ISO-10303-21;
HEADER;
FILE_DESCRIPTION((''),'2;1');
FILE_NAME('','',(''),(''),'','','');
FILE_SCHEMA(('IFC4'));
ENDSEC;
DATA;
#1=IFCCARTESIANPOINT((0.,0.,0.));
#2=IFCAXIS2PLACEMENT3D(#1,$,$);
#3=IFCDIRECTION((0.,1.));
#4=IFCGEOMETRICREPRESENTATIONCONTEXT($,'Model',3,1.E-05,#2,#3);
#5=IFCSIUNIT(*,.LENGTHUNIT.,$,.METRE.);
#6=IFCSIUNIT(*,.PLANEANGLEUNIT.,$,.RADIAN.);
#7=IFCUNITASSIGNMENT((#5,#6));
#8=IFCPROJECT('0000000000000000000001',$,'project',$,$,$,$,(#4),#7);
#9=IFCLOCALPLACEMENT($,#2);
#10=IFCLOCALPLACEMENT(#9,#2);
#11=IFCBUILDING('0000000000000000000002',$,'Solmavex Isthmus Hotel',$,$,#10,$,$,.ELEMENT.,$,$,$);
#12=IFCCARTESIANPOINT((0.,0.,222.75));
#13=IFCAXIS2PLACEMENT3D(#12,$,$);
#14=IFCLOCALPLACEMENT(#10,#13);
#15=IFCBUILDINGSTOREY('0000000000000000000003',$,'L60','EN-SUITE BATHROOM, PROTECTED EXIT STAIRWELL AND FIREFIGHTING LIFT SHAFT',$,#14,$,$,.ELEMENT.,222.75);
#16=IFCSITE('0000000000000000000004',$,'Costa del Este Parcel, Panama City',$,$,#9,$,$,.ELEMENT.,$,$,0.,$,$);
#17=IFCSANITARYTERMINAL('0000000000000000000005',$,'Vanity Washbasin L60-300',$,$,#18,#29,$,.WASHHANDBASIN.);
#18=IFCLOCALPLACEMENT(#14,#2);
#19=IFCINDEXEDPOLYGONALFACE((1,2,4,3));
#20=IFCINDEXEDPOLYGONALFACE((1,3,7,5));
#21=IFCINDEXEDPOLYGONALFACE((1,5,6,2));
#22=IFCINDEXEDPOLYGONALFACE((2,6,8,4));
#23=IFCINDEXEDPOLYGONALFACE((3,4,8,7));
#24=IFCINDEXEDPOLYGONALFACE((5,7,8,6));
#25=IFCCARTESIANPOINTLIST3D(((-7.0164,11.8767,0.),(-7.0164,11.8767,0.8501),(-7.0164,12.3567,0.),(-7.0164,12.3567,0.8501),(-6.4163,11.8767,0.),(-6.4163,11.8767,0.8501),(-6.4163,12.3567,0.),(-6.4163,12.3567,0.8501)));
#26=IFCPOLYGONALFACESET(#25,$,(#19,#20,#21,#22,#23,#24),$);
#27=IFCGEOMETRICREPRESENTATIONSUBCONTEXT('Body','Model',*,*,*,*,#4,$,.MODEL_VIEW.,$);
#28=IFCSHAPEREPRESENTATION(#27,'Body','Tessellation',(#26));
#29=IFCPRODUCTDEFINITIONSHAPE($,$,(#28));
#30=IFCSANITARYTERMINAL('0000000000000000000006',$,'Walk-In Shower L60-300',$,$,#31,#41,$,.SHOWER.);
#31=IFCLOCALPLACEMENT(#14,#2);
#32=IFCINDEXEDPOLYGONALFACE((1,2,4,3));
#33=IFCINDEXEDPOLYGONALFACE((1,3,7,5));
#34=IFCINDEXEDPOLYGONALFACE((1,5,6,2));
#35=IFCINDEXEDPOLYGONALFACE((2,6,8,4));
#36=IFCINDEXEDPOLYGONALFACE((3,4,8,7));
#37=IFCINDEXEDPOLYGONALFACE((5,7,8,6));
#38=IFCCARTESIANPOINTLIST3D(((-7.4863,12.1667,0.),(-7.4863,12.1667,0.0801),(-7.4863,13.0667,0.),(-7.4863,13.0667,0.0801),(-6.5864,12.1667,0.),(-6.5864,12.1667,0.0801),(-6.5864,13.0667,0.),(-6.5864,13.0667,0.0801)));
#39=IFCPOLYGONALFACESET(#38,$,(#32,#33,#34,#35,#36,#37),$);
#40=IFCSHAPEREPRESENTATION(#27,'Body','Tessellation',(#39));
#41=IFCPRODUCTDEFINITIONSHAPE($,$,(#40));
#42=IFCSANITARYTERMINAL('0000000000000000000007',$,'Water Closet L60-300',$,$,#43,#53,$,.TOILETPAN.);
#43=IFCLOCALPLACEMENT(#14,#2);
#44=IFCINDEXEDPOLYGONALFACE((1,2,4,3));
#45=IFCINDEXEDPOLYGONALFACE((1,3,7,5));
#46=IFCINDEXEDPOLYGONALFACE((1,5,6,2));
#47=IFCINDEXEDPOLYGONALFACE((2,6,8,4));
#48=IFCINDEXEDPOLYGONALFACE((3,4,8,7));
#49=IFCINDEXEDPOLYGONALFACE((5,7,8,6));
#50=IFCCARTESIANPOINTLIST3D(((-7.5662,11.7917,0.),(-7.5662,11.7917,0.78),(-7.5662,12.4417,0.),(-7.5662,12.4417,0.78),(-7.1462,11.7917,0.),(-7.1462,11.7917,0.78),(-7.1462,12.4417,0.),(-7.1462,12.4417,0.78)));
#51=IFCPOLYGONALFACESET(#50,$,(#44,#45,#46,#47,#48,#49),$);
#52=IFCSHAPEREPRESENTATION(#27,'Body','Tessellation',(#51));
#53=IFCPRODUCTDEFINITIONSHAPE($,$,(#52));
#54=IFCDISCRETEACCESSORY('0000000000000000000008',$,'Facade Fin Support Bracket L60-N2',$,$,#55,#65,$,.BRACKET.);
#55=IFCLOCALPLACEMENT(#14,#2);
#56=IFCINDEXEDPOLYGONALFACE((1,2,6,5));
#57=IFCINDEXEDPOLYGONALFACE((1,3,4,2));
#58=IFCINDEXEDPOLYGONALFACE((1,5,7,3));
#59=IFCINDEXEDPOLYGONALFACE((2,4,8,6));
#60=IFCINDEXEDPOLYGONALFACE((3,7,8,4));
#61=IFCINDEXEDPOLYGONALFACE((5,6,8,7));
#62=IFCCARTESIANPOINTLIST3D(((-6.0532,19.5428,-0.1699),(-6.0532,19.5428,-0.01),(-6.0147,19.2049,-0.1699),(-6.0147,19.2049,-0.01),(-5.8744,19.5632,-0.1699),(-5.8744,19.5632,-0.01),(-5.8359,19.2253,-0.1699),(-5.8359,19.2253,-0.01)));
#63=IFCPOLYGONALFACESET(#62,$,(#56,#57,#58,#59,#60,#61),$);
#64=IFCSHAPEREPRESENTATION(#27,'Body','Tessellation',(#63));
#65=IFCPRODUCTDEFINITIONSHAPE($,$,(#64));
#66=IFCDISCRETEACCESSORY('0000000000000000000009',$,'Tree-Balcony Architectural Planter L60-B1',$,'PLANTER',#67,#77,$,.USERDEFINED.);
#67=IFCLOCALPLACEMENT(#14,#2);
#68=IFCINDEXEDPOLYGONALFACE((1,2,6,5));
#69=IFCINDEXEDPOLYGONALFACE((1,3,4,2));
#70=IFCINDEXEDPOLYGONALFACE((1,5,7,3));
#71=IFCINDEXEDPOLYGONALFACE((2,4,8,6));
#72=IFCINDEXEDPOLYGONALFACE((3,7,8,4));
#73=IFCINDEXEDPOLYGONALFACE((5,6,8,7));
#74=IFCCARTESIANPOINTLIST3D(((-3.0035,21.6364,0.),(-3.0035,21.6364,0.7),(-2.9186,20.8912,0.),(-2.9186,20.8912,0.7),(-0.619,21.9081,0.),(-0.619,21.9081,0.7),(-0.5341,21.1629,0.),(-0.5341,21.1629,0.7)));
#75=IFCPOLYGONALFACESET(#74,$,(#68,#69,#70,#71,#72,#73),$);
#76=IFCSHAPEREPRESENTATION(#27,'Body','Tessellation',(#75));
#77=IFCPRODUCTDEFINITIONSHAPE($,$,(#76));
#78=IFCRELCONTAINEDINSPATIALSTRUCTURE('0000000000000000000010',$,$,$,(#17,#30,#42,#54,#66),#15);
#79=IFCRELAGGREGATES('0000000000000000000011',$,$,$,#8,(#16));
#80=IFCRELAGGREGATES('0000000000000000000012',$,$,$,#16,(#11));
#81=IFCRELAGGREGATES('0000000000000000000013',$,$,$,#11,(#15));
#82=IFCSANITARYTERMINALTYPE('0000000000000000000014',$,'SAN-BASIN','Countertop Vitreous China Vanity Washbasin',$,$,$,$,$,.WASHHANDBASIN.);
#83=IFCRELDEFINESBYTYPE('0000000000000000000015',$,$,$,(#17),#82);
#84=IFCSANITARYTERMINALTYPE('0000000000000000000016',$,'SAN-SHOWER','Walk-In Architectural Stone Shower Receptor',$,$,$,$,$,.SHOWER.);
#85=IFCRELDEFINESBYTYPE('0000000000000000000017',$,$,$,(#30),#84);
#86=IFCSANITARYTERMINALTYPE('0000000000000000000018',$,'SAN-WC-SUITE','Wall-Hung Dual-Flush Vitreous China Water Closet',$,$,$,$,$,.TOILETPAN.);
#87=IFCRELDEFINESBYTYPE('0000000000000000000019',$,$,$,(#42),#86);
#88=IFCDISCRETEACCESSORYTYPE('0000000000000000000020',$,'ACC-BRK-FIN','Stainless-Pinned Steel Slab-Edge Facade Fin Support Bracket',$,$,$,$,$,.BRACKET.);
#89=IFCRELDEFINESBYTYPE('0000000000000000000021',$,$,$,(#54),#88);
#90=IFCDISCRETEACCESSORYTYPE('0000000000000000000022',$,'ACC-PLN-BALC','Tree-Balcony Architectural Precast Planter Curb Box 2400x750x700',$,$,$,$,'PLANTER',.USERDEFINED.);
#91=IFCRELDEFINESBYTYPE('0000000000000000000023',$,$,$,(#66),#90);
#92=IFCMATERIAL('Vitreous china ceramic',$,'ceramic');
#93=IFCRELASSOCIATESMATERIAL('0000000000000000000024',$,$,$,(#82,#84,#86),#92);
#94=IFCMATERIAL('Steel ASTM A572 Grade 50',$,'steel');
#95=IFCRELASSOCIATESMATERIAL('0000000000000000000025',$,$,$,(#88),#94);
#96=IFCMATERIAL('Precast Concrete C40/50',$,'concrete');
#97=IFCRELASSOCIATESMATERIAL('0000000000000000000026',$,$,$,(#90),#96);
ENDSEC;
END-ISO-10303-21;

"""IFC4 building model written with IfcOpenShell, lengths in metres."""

from ifc_helpers import new_model, si_unit, direction, frame, origin, origin_2d, place, context, subcontext, project, spatial, rectangle, extrude, material, type_object, element, save


model = new_model("IFC4")

# Units and contexts
model_context = context("Model", 3, precision=1e-05, world=origin(), true_north=direction((0.0, 1.0)))
body_context = subcontext(model_context, "Body", "Model", "MODEL_VIEW")
ifc_project = project(units=[si_unit("LENGTHUNIT", "METRE"), si_unit("PLANEANGLEUNIT", "RADIAN")], contexts=[model_context])

# Site, building, storey
site_placement = place(None, origin())
site = spatial("IfcSite", under=ifc_project, at=site_placement, Name="Costa del Este Parcel, Panama City", CompositionType="ELEMENT", RefElevation=0.0)
building_placement = place(site_placement, origin())
building = spatial("IfcBuilding", under=site, at=building_placement, Name="Solmavex Isthmus Hotel", CompositionType="ELEMENT")
storey_placement = place(building_placement, frame((0.0, 0.0, 222.75)))
storey = spatial("IfcBuildingStorey", under=building, at=storey_placement, Name="L60", Description="EN-SUITE BATHROOM, PROTECTED EXIT STAIRWELL AND FIREFIGHTING LIFT SHAFT", CompositionType="ELEMENT", Elevation=222.75)

# Shared definitions
ifc_material_1 = material(Name="Precast Concrete C40/50", Category="concrete")

# Sanitary terminals
ifc_material_2 = material(Name="Vitreous china ceramic", Category="ceramic")
sanitary_terminal_type_1 = type_object("IfcSanitaryTerminalType", Name="SAN-BASIN", Description="Countertop Vitreous China Vanity Washbasin", PredefinedType="WASHHANDBASIN", material=ifc_material_2)
sanitary_terminal_1_placement = place(storey_placement, frame((-6.7163, 12.1167, 0.0), z_axis=(0.0, 0.0, 1.0), x_axis=(1.0, 0.0, 0.0)))
element("IfcSanitaryTerminal", 1, at=sanitary_terminal_1_placement, inside=storey, type_object=sanitary_terminal_type_1, Name="Vanity Washbasin L60-300", PredefinedType="WASHHANDBASIN", context=body_context, shape_type="SweptSolid", body=[
    extrude(rectangle(XDim=0.6001, YDim=0.48, at=origin_2d()), origin(), (0.0, 0.0, 1.0), 0.8501),
])
sanitary_terminal_type_2 = type_object("IfcSanitaryTerminalType", Name="SAN-SHOWER", Description="Walk-In Architectural Stone Shower Receptor", PredefinedType="SHOWER", material=ifc_material_2)
sanitary_terminal_2_placement = place(storey_placement, frame((-7.0364, 12.6167, 0.0), z_axis=(0.0, 0.0, 1.0), x_axis=(1.0, 0.0, 0.0)))
element("IfcSanitaryTerminal", 2, at=sanitary_terminal_2_placement, inside=storey, type_object=sanitary_terminal_type_2, Name="Walk-In Shower L60-300", PredefinedType="SHOWER", context=body_context, shape_type="SweptSolid", body=[
    extrude(rectangle(XDim=0.8999, YDim=0.8999, at=origin_2d()), origin(), (0.0, 0.0, 1.0), 0.0801),
])
sanitary_terminal_type_3 = type_object("IfcSanitaryTerminalType", Name="SAN-WC-SUITE", Description="Wall-Hung Dual-Flush Vitreous China Water Closet", PredefinedType="TOILETPAN", material=ifc_material_2)
sanitary_terminal_3_placement = place(storey_placement, frame((-7.3562, 12.1167, 0.0), z_axis=(0.0, 0.0, 1.0), x_axis=(1.0, 0.0, 0.0)))
element("IfcSanitaryTerminal", 3, at=sanitary_terminal_3_placement, inside=storey, type_object=sanitary_terminal_type_3, Name="Water Closet L60-300", PredefinedType="TOILETPAN", context=body_context, shape_type="SweptSolid", body=[
    extrude(rectangle(XDim=0.4199, YDim=0.6499, at=origin_2d()), origin(), (0.0, 0.0, 1.0), 0.78),
])

# Discrete accessories
ifc_material_3 = material(Name="Steel ASTM A572 Grade 50", Category="steel")
discrete_accessory_type_1 = type_object("IfcDiscreteAccessoryType", Name="ACC-BRK-FIN", Description="Stainless-Pinned Steel Slab-Edge Facade Fin Support Bracket", PredefinedType="BRACKET", material=ifc_material_3)
discrete_accessory_1_placement = place(storey_placement, frame((-5.9446, 19.384, -0.1699), z_axis=(0.0, 0.0, 1.0), x_axis=(-0.113203, 0.993572, 0.0)))
element("IfcDiscreteAccessory", 4, at=discrete_accessory_1_placement, inside=storey, type_object=discrete_accessory_type_1, Name="Facade Fin Support Bracket L60-N2", PredefinedType="BRACKET", context=body_context, shape_type="SweptSolid", body=[
    extrude(rectangle(XDim=0.3401, YDim=0.1799, at=origin_2d()), origin(), (0.0, 0.0, 1.0), 0.1599),
])
discrete_accessory_type_2 = type_object("IfcDiscreteAccessoryType", Name="ACC-PLN-BALC", Description="Tree-Balcony Architectural Precast Planter Curb Box 2400x750x700", ElementType="PLANTER", PredefinedType="USERDEFINED", material=ifc_material_1)
discrete_accessory_2_placement = place(storey_placement, frame((-1.7688, 21.3997, 0.0), z_axis=(0.0, 0.0, 1.0), x_axis=(0.993572, 0.113203, 0.0)))
element("IfcDiscreteAccessory", 5, at=discrete_accessory_2_placement, inside=storey, type_object=discrete_accessory_type_2, Name="Tree-Balcony Architectural Planter L60-B1", ObjectType="PLANTER", PredefinedType="USERDEFINED", context=body_context, shape_type="SweptSolid", body=[
    extrude(rectangle(XDim=2.3999, YDim=0.75, at=origin_2d()), origin(), (0.0, 0.0, 1.0), 0.7),
])

save(model, "model.ifc")
